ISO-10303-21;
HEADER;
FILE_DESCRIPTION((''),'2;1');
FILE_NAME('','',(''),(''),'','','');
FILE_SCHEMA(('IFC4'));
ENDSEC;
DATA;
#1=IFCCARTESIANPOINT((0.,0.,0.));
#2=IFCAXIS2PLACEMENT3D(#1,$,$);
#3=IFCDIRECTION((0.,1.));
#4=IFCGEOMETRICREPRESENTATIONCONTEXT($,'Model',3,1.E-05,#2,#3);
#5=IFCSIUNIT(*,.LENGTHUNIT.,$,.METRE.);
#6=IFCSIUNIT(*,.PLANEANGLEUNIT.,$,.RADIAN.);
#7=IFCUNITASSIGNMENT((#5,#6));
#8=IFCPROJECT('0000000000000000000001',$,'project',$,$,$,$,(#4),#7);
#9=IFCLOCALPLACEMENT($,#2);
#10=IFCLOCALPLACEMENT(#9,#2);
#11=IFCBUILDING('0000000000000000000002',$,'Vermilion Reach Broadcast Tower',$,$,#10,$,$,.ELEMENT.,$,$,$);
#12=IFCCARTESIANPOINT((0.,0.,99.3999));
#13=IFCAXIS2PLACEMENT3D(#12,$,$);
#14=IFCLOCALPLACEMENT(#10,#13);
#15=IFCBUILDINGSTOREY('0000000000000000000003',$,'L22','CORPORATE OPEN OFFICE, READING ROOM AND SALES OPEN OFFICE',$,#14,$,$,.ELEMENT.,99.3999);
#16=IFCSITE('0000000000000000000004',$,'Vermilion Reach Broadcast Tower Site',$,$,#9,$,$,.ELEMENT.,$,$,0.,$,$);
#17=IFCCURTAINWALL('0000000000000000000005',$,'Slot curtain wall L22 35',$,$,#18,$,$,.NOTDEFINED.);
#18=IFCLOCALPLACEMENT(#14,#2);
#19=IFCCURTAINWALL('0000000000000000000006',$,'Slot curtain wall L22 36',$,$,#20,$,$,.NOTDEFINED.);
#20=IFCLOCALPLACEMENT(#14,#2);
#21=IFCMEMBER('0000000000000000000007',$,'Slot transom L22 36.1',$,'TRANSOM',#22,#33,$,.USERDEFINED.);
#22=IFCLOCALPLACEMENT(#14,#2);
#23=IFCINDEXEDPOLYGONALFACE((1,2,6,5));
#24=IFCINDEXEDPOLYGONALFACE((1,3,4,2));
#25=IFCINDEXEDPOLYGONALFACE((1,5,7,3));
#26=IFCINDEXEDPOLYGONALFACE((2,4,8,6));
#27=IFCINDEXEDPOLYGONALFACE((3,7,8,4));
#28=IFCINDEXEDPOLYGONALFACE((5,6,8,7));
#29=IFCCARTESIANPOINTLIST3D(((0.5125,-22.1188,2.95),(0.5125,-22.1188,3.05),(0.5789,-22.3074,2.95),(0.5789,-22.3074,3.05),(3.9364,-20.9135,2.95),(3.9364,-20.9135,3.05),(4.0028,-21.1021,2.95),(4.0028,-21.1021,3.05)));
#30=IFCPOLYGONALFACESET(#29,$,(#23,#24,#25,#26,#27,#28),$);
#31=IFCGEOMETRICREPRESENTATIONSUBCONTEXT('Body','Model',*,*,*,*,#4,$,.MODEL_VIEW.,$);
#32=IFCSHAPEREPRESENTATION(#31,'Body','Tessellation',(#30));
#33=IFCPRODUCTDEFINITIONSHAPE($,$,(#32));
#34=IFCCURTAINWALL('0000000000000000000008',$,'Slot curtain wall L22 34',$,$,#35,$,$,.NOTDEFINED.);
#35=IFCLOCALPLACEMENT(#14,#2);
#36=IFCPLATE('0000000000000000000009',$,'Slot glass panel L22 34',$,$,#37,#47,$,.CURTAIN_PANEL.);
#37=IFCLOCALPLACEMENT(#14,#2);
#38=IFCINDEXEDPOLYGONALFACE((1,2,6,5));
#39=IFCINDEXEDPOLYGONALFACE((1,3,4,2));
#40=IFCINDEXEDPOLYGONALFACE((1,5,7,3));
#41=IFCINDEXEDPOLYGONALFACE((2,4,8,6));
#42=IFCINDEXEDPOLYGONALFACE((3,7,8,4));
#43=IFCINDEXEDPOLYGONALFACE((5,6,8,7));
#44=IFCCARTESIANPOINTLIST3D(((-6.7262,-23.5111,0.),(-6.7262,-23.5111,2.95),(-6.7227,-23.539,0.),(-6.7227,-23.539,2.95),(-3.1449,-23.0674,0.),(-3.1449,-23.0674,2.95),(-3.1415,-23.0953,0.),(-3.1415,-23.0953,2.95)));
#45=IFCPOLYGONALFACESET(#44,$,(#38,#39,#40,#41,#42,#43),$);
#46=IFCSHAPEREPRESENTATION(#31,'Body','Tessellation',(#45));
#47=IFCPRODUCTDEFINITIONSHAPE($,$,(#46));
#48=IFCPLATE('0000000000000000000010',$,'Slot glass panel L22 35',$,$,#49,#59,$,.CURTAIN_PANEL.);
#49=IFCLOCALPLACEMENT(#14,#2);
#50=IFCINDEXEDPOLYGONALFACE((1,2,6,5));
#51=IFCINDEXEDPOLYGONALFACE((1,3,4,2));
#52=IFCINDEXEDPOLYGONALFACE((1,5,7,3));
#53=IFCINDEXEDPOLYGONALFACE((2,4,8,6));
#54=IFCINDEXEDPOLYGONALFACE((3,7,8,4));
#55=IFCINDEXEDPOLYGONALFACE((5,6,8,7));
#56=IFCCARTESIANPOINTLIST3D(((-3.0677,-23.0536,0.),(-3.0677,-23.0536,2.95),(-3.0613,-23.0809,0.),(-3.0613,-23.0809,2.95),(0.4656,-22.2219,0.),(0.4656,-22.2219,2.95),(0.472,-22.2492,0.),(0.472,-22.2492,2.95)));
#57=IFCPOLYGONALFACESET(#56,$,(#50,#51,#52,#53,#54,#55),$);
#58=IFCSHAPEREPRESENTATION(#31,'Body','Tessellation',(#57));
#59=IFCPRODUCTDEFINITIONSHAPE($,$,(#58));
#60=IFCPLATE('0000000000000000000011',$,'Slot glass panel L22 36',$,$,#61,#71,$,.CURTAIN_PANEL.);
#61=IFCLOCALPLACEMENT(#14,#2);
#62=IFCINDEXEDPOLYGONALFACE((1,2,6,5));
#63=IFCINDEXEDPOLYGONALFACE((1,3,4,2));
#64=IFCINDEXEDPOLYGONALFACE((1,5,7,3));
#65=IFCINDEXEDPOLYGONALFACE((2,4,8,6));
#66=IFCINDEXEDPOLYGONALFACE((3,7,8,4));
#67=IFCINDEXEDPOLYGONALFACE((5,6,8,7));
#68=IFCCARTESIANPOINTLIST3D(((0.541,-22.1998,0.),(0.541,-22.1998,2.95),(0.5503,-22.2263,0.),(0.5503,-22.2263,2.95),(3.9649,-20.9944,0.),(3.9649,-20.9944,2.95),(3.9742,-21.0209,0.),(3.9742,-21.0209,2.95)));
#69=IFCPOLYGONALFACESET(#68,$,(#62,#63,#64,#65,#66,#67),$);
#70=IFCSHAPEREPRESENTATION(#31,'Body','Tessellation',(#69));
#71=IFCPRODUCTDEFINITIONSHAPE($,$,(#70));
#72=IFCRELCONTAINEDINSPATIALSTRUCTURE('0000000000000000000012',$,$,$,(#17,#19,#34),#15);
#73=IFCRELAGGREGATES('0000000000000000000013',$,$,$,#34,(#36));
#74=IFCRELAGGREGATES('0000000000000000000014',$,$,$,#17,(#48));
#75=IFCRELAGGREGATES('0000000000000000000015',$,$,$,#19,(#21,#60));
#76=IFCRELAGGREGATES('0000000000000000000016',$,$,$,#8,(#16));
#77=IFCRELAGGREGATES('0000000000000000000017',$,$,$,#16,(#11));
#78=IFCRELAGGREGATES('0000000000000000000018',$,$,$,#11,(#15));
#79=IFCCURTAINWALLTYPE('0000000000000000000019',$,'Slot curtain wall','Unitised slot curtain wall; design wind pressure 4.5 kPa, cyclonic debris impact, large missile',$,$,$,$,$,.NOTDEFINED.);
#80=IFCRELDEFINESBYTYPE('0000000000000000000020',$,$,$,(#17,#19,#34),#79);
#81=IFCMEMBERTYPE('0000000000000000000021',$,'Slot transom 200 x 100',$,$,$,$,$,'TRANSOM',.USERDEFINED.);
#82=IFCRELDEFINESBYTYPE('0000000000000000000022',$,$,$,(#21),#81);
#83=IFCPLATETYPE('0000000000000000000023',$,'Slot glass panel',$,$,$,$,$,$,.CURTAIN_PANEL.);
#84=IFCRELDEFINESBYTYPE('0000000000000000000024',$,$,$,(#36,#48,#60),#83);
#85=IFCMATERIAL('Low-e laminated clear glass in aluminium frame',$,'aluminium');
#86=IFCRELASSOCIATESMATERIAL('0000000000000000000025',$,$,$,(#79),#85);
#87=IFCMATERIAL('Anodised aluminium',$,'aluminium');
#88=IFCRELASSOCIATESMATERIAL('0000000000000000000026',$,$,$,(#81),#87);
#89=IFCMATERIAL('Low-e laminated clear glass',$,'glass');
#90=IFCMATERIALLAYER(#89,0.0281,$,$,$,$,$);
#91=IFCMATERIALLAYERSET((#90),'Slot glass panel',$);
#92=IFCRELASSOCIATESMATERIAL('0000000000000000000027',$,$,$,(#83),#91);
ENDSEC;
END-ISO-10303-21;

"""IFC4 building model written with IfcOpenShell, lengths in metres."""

from ifc_helpers import new_model, si_unit, direction, frame, origin, origin_2d, place, context, subcontext, project, spatial, rectangle, extrude, material, layer, layer_set, material_profile, profile_set, type_object, element, aggregate, save


model = new_model("IFC4")

# Units and contexts
model_context = context("Model", 3, precision=1e-05, world=origin(), true_north=direction((0.0, 1.0)))
body_context = subcontext(model_context, "Body", "Model", "MODEL_VIEW")
ifc_project = project(units=[si_unit("LENGTHUNIT", "METRE"), si_unit("PLANEANGLEUNIT", "RADIAN")], contexts=[model_context])

# Site, building, storey
site_placement = place(None, origin())
site = spatial("IfcSite", under=ifc_project, at=site_placement, Name="Vermilion Reach Broadcast Tower Site", CompositionType="ELEMENT", RefElevation=0.0)
building_placement = place(site_placement, origin())
building = spatial("IfcBuilding", under=site, at=building_placement, Name="Vermilion Reach Broadcast Tower", CompositionType="ELEMENT")
storey_placement = place(building_placement, frame((0.0, 0.0, 99.3999)))
storey = spatial("IfcBuildingStorey", under=building, at=storey_placement, Name="L22", Description="CORPORATE OPEN OFFICE, READING ROOM AND SALES OPEN OFFICE", CompositionType="ELEMENT", Elevation=99.3999)

# Curtain walls
ifc_material_1 = material(Name="Low-e laminated clear glass in aluminium frame", Category="aluminium")
curtain_wall_type = type_object("IfcCurtainWallType", Name="Slot curtain wall", Description="Unitised slot curtain wall; design wind pressure 4.5 kPa, cyclonic debris impact, large missile", PredefinedType="NOTDEFINED", material=ifc_material_1)
placement = place(storey_placement, origin())
curtain_wall_1 = element("IfcCurtainWall", 1, at=placement, inside=storey, type_object=curtain_wall_type, Name="Slot curtain wall L22 35", PredefinedType="NOTDEFINED")
curtain_wall_2 = element("IfcCurtainWall", 2, at=placement, inside=storey, type_object=curtain_wall_type, Name="Slot curtain wall L22 36", PredefinedType="NOTDEFINED")

# Member
ifc_material_2 = material(Name="Anodised aluminium", Category="aluminium")
ifc_material_profile_1 = material_profile(ifc_material_2, rectangle(XDim=0.2, YDim=0.1001, at=origin_2d()), Name="Slot transom 200 x 100")
ifc_profile_set_1 = profile_set([ifc_material_profile_1], Name="Anodised aluminium")
member_type_1 = type_object("IfcMemberType", Name="Slot transom 200 x 100", ElementType="TRANSOM", PredefinedType="USERDEFINED", material=ifc_profile_set_1)
member_1_placement = place(storey_placement, frame((0.5457, -22.2131, 3.0), z_axis=(0.943257, 0.332064, 0.0), x_axis=(-0.332064, 0.943257, 0.0)))
member_1 = element("IfcMember", 3, at=member_1_placement, type_object=member_type_1, Name="Slot transom L22 36.1", ObjectType="TRANSOM", PredefinedType="USERDEFINED", context=body_context, shape_type="SweptSolid", body=[
    extrude(rectangle(XDim=0.2, YDim=0.1001, at=origin_2d()), origin(), (0.0, 0.0, 1.0), 3.6299),
])

# Curtain wall, plate
curtain_wall_3 = element("IfcCurtainWall", 4, at=placement, inside=storey, type_object=curtain_wall_type, Name="Slot curtain wall L22 34", PredefinedType="NOTDEFINED")
ifc_material_3 = material(Name="Low-e laminated clear glass", Category="glass")
ifc_layer = layer(ifc_material_3, 0.0281)
ifc_layer_set = layer_set([ifc_layer], Name="Slot glass panel")
plate_type = type_object("IfcPlateType", Name="Slot glass panel", PredefinedType="CURTAIN_PANEL", material=ifc_layer_set)
plate_1_placement = place(storey_placement, frame((-4.9338, -23.3032, 0.0), z_axis=(0.0, 0.0, 1.0), x_axis=(0.992413, 0.122951, 0.0)))
plate_1 = element("IfcPlate", 5, at=plate_1_placement, type_object=plate_type, Name="Slot glass panel L22 34", PredefinedType="CURTAIN_PANEL", context=body_context, shape_type="SweptSolid", body=[
    extrude(rectangle(XDim=3.6086, YDim=0.0281, at=origin_2d()), origin(), (0.0, 0.0, 1.0), 2.95),
])
aggregate(curtain_wall_3, [plate_1])

# Plates
plate_2_placement = place(storey_placement, frame((-1.2979, -22.6514, 0.0), z_axis=(0.0, 0.0, 1.0), x_axis=(0.973397, 0.229127, 0.0)))
plate_2 = element("IfcPlate", 6, at=plate_2_placement, type_object=plate_type, Name="Slot glass panel L22 35", PredefinedType="CURTAIN_PANEL", context=body_context, shape_type="SweptSolid", body=[
    extrude(rectangle(XDim=3.6299, YDim=0.0281, at=origin_2d()), origin(), (0.0, 0.0, 1.0), 2.95),
])
aggregate(curtain_wall_1, [plate_2])
plate_3_placement = place(storey_placement, frame((2.2576, -21.6104, 0.0), z_axis=(0.0, 0.0, 1.0), x_axis=(0.943256, 0.332068, 0.0)))
plate_3 = element("IfcPlate", 7, at=plate_3_placement, type_object=plate_type, Name="Slot glass panel L22 36", PredefinedType="CURTAIN_PANEL", context=body_context, shape_type="SweptSolid", body=[
    extrude(rectangle(XDim=3.6299, YDim=0.0281, at=origin_2d()), origin(), (0.0, 0.0, 1.0), 2.95),
])
aggregate(curtain_wall_2, [member_1, plate_3])

save(model, "model.ifc")
